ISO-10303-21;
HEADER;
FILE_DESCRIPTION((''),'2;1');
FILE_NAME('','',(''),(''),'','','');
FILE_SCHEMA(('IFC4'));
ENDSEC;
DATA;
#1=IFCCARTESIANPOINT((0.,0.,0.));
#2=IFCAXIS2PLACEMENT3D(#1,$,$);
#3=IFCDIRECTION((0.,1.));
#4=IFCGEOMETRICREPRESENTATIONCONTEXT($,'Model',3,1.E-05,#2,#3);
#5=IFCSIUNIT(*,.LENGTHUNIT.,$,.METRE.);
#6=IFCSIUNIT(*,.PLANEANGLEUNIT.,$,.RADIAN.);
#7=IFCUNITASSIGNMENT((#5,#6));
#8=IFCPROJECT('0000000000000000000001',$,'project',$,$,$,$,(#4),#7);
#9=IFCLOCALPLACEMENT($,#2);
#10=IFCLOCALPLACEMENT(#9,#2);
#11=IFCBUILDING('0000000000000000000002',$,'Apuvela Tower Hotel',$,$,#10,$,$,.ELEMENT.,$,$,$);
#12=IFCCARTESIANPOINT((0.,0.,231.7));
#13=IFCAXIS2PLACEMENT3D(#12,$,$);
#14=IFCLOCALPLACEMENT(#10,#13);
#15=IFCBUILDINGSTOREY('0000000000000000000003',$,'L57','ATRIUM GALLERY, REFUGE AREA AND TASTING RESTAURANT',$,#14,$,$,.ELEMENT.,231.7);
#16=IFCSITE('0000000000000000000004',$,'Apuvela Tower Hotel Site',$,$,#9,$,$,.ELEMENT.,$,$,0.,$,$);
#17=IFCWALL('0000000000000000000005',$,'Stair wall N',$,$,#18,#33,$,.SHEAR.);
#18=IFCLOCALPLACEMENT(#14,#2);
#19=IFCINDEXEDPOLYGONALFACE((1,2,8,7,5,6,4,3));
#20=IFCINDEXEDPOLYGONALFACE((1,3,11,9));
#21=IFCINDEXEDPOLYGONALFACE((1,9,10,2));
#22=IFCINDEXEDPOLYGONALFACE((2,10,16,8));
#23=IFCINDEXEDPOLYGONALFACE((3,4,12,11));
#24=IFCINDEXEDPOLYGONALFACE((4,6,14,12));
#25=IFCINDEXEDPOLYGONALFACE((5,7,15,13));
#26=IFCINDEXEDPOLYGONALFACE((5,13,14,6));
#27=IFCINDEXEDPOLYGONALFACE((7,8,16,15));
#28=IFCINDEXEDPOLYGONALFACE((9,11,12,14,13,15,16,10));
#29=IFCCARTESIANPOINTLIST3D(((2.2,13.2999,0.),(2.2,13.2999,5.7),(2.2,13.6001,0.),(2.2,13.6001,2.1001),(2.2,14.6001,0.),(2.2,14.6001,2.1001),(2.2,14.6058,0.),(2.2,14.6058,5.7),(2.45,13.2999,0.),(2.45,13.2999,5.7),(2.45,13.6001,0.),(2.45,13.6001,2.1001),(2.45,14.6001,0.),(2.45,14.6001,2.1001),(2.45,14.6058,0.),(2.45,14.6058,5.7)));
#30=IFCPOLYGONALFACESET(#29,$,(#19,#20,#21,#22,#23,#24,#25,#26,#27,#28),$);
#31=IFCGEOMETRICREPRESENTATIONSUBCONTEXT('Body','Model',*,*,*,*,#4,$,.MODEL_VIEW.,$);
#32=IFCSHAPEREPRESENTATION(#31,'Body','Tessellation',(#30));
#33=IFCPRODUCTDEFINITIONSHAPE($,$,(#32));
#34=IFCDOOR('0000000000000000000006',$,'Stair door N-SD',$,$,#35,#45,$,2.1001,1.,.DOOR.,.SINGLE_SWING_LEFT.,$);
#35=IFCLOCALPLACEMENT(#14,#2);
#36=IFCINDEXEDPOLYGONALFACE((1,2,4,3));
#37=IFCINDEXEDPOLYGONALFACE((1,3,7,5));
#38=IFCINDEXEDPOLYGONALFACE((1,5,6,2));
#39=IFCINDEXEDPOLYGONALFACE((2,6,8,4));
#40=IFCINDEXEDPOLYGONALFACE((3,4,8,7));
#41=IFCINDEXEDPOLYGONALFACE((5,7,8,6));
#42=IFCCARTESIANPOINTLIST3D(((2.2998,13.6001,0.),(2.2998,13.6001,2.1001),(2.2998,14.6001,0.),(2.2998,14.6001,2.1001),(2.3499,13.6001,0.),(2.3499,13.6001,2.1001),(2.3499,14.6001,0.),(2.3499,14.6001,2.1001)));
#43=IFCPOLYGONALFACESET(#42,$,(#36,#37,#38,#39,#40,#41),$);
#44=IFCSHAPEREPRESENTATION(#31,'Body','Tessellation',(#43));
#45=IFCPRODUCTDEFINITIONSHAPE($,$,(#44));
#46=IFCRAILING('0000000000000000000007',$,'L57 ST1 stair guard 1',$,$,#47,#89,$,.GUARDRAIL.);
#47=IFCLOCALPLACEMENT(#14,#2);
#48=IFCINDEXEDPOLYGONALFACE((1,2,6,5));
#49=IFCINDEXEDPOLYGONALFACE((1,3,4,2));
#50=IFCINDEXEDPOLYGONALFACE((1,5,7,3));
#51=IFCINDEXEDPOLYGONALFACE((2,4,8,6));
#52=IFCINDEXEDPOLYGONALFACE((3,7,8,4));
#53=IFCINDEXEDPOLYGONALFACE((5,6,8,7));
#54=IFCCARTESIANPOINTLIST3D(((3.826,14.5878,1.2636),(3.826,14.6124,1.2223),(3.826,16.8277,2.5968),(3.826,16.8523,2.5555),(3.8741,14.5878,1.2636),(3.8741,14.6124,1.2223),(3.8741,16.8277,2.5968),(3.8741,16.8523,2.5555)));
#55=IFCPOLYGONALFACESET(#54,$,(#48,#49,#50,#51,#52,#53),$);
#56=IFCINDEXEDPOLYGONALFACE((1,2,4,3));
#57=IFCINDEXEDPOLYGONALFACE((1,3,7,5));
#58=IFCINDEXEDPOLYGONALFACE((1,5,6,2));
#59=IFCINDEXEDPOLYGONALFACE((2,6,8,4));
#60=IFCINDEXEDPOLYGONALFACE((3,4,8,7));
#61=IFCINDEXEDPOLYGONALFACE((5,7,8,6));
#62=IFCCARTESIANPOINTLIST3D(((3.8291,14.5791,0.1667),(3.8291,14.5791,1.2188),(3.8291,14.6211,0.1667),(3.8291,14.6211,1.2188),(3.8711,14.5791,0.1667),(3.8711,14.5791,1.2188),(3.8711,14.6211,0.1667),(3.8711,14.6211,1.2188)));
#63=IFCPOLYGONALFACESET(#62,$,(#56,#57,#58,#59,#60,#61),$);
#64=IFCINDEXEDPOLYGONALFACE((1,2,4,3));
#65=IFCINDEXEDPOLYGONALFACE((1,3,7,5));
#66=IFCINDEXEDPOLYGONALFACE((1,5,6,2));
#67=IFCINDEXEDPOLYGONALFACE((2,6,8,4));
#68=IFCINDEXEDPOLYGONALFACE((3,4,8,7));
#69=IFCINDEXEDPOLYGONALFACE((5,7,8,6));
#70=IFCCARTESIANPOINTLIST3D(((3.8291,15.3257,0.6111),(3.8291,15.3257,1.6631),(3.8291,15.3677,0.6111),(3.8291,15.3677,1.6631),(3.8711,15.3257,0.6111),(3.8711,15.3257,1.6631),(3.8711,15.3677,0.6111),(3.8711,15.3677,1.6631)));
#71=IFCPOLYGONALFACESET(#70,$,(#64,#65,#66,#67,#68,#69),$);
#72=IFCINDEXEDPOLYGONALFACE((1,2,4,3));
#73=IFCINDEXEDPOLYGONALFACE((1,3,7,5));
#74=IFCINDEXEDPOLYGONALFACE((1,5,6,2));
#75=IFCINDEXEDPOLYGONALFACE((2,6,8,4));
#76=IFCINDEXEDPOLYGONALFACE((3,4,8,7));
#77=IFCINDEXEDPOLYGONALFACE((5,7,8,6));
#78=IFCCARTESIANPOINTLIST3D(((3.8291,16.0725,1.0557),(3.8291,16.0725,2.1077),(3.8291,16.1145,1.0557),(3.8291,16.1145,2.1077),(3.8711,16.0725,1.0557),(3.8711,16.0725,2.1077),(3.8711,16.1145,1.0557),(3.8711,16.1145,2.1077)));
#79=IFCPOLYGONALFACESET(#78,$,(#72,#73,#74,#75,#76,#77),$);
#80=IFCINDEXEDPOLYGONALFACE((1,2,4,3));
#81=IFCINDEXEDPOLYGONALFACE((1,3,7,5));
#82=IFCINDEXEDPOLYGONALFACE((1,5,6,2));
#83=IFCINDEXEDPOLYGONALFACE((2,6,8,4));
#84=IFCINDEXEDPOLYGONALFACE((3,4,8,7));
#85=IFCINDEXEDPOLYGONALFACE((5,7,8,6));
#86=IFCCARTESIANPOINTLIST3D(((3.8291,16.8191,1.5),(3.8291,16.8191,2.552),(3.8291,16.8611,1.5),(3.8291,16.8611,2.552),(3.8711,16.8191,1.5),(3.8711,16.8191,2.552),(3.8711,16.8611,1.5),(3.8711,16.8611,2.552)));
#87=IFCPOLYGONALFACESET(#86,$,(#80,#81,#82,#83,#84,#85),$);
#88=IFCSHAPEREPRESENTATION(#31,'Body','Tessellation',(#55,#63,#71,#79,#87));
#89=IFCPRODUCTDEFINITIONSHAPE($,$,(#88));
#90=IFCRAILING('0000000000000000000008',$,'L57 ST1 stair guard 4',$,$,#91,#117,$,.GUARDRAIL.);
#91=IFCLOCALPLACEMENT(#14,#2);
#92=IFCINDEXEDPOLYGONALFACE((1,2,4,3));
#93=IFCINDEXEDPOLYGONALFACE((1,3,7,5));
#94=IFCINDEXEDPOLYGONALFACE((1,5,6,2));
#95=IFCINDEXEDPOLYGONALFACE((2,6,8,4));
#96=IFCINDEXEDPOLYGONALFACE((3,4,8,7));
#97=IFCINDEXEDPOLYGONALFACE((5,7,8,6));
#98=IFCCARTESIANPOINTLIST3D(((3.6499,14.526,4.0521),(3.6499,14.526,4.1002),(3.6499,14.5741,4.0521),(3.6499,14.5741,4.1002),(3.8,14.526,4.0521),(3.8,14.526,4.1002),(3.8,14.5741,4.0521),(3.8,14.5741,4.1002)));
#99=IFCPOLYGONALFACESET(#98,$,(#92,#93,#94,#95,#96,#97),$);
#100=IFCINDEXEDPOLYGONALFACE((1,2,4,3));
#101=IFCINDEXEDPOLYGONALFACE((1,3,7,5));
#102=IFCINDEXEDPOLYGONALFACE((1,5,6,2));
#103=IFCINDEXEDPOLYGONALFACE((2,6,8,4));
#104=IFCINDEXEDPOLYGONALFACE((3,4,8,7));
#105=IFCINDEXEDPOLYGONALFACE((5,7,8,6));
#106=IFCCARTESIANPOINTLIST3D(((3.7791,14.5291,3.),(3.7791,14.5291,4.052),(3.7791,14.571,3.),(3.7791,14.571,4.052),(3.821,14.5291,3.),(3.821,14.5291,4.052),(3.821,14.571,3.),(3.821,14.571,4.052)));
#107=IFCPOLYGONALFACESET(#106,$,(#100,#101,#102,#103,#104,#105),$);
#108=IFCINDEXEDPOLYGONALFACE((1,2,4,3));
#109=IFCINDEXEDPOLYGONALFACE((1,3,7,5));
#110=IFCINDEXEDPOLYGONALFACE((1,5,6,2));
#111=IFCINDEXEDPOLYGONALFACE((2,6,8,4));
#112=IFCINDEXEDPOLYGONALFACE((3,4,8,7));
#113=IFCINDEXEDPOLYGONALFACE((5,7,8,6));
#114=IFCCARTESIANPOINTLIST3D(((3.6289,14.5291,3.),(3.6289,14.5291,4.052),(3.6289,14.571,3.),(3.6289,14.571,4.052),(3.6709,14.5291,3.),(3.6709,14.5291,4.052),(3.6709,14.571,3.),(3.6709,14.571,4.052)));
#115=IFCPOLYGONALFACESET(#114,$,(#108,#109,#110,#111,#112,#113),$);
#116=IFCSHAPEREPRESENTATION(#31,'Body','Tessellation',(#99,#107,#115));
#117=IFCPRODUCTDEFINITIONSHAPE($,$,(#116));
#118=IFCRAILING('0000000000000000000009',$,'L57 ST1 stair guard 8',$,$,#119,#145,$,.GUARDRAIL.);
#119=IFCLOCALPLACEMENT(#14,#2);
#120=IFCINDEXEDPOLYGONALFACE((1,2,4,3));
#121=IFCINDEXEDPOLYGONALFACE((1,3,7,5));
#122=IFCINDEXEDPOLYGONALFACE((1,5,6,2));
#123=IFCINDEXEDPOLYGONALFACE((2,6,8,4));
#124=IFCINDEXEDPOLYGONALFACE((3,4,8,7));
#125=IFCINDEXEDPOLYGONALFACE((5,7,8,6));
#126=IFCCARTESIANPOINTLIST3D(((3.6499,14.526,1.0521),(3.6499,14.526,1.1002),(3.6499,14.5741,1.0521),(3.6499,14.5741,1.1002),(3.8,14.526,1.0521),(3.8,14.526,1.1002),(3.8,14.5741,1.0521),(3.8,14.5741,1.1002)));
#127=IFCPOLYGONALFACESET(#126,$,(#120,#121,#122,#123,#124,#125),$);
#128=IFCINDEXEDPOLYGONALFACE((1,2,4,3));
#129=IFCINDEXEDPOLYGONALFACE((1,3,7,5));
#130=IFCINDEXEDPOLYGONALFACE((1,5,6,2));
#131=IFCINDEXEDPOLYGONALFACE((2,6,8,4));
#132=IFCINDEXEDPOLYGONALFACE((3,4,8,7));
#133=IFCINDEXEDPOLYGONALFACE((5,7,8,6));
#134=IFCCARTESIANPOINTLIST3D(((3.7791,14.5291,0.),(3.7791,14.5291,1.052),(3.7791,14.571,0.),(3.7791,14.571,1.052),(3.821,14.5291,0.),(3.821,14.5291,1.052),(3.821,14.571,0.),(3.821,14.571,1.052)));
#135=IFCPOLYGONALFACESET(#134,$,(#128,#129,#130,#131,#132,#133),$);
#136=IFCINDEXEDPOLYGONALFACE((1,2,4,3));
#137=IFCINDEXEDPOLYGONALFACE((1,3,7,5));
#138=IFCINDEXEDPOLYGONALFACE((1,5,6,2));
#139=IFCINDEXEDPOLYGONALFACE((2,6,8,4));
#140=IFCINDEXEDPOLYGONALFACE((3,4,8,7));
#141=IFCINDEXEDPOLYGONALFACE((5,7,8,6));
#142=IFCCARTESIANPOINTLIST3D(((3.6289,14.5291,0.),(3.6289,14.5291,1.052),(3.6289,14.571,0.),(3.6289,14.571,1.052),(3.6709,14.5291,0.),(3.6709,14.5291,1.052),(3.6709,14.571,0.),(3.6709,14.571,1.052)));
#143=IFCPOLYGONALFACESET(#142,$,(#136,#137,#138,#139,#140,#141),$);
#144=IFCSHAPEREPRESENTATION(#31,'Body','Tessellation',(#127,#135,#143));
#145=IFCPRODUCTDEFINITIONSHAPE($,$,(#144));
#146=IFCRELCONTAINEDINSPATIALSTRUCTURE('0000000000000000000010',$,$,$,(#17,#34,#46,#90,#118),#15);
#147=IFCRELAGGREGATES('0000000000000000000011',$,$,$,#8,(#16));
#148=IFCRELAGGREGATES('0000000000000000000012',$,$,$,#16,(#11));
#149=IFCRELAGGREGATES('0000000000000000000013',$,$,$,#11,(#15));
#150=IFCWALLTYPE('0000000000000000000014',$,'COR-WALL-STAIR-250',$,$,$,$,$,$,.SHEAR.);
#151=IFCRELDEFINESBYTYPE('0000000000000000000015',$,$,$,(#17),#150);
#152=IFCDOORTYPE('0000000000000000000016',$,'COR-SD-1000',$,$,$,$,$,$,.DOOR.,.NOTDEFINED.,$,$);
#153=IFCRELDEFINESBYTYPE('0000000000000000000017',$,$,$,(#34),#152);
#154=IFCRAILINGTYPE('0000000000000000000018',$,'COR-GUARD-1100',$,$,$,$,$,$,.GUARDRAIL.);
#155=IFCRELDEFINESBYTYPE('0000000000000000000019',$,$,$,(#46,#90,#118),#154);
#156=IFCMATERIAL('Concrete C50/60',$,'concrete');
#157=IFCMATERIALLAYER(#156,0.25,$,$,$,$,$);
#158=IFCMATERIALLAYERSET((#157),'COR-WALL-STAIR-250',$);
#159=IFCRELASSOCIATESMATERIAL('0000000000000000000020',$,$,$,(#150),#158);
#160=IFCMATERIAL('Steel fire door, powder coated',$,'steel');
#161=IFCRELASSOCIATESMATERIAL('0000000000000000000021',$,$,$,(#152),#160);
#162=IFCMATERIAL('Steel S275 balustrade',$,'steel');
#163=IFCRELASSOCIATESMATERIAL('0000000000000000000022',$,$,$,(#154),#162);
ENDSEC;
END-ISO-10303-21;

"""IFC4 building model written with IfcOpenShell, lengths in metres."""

from ifc_helpers import new_model, si_unit, direction, frame, frame_2d, origin, origin_2d, place, context, subcontext, project, spatial, rectangle, extrude, material, layer, layer_set, type_object, element, fill, save


model = new_model("IFC4")

# Units and contexts
model_context = context("Model", 3, precision=1e-05, world=origin(), true_north=direction((0.0, 1.0)))
body_context = subcontext(model_context, "Body", "Model", "MODEL_VIEW")
ifc_project = project(units=[si_unit("LENGTHUNIT", "METRE"), si_unit("PLANEANGLEUNIT", "RADIAN")], contexts=[model_context])

# Site, building, storey
site_placement = place(None, origin())
site = spatial("IfcSite", under=ifc_project, at=site_placement, Name="Apuvela Tower Hotel Site", CompositionType="ELEMENT", RefElevation=0.0)
building_placement = place(site_placement, origin())
building = spatial("IfcBuilding", under=site, at=building_placement, Name="Apuvela Tower Hotel", CompositionType="ELEMENT")
storey_placement = place(building_placement, frame((0.0, 0.0, 231.7)))
storey = spatial("IfcBuildingStorey", under=building, at=storey_placement, Name="L57", Description="ATRIUM GALLERY, REFUGE AREA AND TASTING RESTAURANT", CompositionType="ELEMENT", Elevation=231.7)

# Shared definitions
ifc_material_1 = material(Name="Concrete C50/60", Category="concrete")

# Shared definitions
ifc_material_2 = material(Name="Steel fire door, powder coated", Category="steel")

# Wall, opening, door
ifc_layer_1 = layer(ifc_material_1, 0.25)
ifc_layer_set_1 = layer_set([ifc_layer_1], Name="COR-WALL-STAIR-250")
wall_type_1 = type_object("IfcWallType", Name="COR-WALL-STAIR-250", PredefinedType="SHEAR", material=ifc_layer_set_1)
wall_1_placement = place(storey_placement, frame((2.325, 13.3, 0.0), z_axis=(0.0, 0.0, 1.0), x_axis=(0.0, 1.0, 0.0)))
wall_1 = element("IfcWall", 1, at=wall_1_placement, inside=storey, type_object=wall_type_1, Name="Stair wall N", PredefinedType="SHEAR", context=body_context, shape_type="SweptSolid", body=[
    extrude(rectangle(XDim=1.3059, YDim=0.25, at=frame_2d((0.6528, 0.0))), origin(), (0.0, 0.0, 1.0), 5.7),
])
opening_1_placement = place(wall_1_placement, frame((0.3, 0.0, 0.0)))
opening_1 = element("IfcOpeningElement", 2, at=opening_1_placement, cuts=wall_1, PredefinedType="OPENING", context=body_context, shape_type="SweptSolid", body=[
    extrude(rectangle(XDim=1.0, YDim=2.1001, at=frame_2d((0.5, 1.05))), frame((0.0, 0.135, 0.0), z_axis=(0.0, -1.0, 0.0), x_axis=(1.0, 0.0, 0.0)), (0.0, 0.0, 1.0), 0.27),
])
door_type_1 = type_object("IfcDoorType", Name="COR-SD-1000", OperationType="NOTDEFINED", PredefinedType="DOOR", material=ifc_material_2)
door_1_placement = place(opening_1_placement, frame((1.0, 0.0, 0.0), z_axis=(0.0, 0.0, 1.0), x_axis=(-1.0, 0.0, 0.0)))
door_1 = element("IfcDoor", 3, at=door_1_placement, inside=storey, type_object=door_type_1, Name="Stair door N-SD", OperationType="SINGLE_SWING_LEFT", OverallHeight=2.1001, OverallWidth=1.0, PredefinedType="DOOR", context=body_context, shape_type="SweptSolid", body=[
    extrude(rectangle(XDim=1.0, YDim=2.1001, at=frame_2d((0.5, 1.05))), frame((0.0, 0.0249, 0.0), z_axis=(0.0, -1.0, 0.0), x_axis=(1.0, 0.0, 0.0)), (0.0, 0.0, 1.0), 0.05),
])
fill(opening_1, door_1)

# Railings
ifc_material_3 = material(Name="Steel S275 balustrade", Category="steel")
railing_type = type_object("IfcRailingType", Name="COR-GUARD-1100", PredefinedType="GUARDRAIL", material=ifc_material_3)
railing_placement = place(storey_placement, frame((3.8501, 14.6001, 0.1667)))
element("IfcRailing", 4, at=railing_placement, inside=storey, type_object=railing_type, Name="L57 ST1 stair guard 1", PredefinedType="GUARDRAIL", context=body_context, shape_type="SweptSolid", body=[
    extrude(rectangle(XDim=0.0481, YDim=0.0481, at=origin_2d()), frame((0.0, 0.0, 1.0762), z_axis=(0.0, 0.859306, 0.511462), x_axis=(-1.0, 0.0, 0.0)), (0.0, 0.0, 1.0), 2.6067),
    extrude(rectangle(XDim=0.042, YDim=0.042, at=origin_2d()), origin(), (0.0, 0.0, 1.0), 1.052),
    extrude(rectangle(XDim=0.042, YDim=0.042, at=origin_2d()), frame((0.0, 0.7466, 0.4443)), (0.0, 0.0, 1.0), 1.052),
    extrude(rectangle(XDim=0.042, YDim=0.042, at=origin_2d()), frame((0.0, 1.4934, 0.8889)), (0.0, 0.0, 1.0), 1.052),
    extrude(rectangle(XDim=0.042, YDim=0.042, at=origin_2d()), frame((0.0, 2.24, 1.3333)), (0.0, 0.0, 1.0), 1.052),
])
for number, where, name in (
    (5, (3.8, 14.55, 3.0), "L57 ST1 stair guard 4"),
    (6, (3.8, 14.55, 0.0), "L57 ST1 stair guard 8"),
):
    element("IfcRailing", number, at=place(storey_placement, frame(where)), inside=storey, type_object=railing_type, Name=name, PredefinedType="GUARDRAIL", context=body_context, shape_type="SweptSolid", body=[
        extrude(rectangle(XDim=0.0481, YDim=0.0481, at=origin_2d()), frame((0.0, 0.0, 1.0762), z_axis=(-1.0, 0.0, 0.0), x_axis=(0.0, -1.0, 0.0)), (0.0, 0.0, 1.0), 0.1501),
        extrude(rectangle(XDim=0.042, YDim=0.042, at=origin_2d()), origin(), (0.0, 0.0, 1.0), 1.052),
        extrude(rectangle(XDim=0.042, YDim=0.042, at=origin_2d()), frame((-0.1501, 0.0, 0.0)), (0.0, 0.0, 1.0), 1.052),
    ])

save(model, "model.ifc")
